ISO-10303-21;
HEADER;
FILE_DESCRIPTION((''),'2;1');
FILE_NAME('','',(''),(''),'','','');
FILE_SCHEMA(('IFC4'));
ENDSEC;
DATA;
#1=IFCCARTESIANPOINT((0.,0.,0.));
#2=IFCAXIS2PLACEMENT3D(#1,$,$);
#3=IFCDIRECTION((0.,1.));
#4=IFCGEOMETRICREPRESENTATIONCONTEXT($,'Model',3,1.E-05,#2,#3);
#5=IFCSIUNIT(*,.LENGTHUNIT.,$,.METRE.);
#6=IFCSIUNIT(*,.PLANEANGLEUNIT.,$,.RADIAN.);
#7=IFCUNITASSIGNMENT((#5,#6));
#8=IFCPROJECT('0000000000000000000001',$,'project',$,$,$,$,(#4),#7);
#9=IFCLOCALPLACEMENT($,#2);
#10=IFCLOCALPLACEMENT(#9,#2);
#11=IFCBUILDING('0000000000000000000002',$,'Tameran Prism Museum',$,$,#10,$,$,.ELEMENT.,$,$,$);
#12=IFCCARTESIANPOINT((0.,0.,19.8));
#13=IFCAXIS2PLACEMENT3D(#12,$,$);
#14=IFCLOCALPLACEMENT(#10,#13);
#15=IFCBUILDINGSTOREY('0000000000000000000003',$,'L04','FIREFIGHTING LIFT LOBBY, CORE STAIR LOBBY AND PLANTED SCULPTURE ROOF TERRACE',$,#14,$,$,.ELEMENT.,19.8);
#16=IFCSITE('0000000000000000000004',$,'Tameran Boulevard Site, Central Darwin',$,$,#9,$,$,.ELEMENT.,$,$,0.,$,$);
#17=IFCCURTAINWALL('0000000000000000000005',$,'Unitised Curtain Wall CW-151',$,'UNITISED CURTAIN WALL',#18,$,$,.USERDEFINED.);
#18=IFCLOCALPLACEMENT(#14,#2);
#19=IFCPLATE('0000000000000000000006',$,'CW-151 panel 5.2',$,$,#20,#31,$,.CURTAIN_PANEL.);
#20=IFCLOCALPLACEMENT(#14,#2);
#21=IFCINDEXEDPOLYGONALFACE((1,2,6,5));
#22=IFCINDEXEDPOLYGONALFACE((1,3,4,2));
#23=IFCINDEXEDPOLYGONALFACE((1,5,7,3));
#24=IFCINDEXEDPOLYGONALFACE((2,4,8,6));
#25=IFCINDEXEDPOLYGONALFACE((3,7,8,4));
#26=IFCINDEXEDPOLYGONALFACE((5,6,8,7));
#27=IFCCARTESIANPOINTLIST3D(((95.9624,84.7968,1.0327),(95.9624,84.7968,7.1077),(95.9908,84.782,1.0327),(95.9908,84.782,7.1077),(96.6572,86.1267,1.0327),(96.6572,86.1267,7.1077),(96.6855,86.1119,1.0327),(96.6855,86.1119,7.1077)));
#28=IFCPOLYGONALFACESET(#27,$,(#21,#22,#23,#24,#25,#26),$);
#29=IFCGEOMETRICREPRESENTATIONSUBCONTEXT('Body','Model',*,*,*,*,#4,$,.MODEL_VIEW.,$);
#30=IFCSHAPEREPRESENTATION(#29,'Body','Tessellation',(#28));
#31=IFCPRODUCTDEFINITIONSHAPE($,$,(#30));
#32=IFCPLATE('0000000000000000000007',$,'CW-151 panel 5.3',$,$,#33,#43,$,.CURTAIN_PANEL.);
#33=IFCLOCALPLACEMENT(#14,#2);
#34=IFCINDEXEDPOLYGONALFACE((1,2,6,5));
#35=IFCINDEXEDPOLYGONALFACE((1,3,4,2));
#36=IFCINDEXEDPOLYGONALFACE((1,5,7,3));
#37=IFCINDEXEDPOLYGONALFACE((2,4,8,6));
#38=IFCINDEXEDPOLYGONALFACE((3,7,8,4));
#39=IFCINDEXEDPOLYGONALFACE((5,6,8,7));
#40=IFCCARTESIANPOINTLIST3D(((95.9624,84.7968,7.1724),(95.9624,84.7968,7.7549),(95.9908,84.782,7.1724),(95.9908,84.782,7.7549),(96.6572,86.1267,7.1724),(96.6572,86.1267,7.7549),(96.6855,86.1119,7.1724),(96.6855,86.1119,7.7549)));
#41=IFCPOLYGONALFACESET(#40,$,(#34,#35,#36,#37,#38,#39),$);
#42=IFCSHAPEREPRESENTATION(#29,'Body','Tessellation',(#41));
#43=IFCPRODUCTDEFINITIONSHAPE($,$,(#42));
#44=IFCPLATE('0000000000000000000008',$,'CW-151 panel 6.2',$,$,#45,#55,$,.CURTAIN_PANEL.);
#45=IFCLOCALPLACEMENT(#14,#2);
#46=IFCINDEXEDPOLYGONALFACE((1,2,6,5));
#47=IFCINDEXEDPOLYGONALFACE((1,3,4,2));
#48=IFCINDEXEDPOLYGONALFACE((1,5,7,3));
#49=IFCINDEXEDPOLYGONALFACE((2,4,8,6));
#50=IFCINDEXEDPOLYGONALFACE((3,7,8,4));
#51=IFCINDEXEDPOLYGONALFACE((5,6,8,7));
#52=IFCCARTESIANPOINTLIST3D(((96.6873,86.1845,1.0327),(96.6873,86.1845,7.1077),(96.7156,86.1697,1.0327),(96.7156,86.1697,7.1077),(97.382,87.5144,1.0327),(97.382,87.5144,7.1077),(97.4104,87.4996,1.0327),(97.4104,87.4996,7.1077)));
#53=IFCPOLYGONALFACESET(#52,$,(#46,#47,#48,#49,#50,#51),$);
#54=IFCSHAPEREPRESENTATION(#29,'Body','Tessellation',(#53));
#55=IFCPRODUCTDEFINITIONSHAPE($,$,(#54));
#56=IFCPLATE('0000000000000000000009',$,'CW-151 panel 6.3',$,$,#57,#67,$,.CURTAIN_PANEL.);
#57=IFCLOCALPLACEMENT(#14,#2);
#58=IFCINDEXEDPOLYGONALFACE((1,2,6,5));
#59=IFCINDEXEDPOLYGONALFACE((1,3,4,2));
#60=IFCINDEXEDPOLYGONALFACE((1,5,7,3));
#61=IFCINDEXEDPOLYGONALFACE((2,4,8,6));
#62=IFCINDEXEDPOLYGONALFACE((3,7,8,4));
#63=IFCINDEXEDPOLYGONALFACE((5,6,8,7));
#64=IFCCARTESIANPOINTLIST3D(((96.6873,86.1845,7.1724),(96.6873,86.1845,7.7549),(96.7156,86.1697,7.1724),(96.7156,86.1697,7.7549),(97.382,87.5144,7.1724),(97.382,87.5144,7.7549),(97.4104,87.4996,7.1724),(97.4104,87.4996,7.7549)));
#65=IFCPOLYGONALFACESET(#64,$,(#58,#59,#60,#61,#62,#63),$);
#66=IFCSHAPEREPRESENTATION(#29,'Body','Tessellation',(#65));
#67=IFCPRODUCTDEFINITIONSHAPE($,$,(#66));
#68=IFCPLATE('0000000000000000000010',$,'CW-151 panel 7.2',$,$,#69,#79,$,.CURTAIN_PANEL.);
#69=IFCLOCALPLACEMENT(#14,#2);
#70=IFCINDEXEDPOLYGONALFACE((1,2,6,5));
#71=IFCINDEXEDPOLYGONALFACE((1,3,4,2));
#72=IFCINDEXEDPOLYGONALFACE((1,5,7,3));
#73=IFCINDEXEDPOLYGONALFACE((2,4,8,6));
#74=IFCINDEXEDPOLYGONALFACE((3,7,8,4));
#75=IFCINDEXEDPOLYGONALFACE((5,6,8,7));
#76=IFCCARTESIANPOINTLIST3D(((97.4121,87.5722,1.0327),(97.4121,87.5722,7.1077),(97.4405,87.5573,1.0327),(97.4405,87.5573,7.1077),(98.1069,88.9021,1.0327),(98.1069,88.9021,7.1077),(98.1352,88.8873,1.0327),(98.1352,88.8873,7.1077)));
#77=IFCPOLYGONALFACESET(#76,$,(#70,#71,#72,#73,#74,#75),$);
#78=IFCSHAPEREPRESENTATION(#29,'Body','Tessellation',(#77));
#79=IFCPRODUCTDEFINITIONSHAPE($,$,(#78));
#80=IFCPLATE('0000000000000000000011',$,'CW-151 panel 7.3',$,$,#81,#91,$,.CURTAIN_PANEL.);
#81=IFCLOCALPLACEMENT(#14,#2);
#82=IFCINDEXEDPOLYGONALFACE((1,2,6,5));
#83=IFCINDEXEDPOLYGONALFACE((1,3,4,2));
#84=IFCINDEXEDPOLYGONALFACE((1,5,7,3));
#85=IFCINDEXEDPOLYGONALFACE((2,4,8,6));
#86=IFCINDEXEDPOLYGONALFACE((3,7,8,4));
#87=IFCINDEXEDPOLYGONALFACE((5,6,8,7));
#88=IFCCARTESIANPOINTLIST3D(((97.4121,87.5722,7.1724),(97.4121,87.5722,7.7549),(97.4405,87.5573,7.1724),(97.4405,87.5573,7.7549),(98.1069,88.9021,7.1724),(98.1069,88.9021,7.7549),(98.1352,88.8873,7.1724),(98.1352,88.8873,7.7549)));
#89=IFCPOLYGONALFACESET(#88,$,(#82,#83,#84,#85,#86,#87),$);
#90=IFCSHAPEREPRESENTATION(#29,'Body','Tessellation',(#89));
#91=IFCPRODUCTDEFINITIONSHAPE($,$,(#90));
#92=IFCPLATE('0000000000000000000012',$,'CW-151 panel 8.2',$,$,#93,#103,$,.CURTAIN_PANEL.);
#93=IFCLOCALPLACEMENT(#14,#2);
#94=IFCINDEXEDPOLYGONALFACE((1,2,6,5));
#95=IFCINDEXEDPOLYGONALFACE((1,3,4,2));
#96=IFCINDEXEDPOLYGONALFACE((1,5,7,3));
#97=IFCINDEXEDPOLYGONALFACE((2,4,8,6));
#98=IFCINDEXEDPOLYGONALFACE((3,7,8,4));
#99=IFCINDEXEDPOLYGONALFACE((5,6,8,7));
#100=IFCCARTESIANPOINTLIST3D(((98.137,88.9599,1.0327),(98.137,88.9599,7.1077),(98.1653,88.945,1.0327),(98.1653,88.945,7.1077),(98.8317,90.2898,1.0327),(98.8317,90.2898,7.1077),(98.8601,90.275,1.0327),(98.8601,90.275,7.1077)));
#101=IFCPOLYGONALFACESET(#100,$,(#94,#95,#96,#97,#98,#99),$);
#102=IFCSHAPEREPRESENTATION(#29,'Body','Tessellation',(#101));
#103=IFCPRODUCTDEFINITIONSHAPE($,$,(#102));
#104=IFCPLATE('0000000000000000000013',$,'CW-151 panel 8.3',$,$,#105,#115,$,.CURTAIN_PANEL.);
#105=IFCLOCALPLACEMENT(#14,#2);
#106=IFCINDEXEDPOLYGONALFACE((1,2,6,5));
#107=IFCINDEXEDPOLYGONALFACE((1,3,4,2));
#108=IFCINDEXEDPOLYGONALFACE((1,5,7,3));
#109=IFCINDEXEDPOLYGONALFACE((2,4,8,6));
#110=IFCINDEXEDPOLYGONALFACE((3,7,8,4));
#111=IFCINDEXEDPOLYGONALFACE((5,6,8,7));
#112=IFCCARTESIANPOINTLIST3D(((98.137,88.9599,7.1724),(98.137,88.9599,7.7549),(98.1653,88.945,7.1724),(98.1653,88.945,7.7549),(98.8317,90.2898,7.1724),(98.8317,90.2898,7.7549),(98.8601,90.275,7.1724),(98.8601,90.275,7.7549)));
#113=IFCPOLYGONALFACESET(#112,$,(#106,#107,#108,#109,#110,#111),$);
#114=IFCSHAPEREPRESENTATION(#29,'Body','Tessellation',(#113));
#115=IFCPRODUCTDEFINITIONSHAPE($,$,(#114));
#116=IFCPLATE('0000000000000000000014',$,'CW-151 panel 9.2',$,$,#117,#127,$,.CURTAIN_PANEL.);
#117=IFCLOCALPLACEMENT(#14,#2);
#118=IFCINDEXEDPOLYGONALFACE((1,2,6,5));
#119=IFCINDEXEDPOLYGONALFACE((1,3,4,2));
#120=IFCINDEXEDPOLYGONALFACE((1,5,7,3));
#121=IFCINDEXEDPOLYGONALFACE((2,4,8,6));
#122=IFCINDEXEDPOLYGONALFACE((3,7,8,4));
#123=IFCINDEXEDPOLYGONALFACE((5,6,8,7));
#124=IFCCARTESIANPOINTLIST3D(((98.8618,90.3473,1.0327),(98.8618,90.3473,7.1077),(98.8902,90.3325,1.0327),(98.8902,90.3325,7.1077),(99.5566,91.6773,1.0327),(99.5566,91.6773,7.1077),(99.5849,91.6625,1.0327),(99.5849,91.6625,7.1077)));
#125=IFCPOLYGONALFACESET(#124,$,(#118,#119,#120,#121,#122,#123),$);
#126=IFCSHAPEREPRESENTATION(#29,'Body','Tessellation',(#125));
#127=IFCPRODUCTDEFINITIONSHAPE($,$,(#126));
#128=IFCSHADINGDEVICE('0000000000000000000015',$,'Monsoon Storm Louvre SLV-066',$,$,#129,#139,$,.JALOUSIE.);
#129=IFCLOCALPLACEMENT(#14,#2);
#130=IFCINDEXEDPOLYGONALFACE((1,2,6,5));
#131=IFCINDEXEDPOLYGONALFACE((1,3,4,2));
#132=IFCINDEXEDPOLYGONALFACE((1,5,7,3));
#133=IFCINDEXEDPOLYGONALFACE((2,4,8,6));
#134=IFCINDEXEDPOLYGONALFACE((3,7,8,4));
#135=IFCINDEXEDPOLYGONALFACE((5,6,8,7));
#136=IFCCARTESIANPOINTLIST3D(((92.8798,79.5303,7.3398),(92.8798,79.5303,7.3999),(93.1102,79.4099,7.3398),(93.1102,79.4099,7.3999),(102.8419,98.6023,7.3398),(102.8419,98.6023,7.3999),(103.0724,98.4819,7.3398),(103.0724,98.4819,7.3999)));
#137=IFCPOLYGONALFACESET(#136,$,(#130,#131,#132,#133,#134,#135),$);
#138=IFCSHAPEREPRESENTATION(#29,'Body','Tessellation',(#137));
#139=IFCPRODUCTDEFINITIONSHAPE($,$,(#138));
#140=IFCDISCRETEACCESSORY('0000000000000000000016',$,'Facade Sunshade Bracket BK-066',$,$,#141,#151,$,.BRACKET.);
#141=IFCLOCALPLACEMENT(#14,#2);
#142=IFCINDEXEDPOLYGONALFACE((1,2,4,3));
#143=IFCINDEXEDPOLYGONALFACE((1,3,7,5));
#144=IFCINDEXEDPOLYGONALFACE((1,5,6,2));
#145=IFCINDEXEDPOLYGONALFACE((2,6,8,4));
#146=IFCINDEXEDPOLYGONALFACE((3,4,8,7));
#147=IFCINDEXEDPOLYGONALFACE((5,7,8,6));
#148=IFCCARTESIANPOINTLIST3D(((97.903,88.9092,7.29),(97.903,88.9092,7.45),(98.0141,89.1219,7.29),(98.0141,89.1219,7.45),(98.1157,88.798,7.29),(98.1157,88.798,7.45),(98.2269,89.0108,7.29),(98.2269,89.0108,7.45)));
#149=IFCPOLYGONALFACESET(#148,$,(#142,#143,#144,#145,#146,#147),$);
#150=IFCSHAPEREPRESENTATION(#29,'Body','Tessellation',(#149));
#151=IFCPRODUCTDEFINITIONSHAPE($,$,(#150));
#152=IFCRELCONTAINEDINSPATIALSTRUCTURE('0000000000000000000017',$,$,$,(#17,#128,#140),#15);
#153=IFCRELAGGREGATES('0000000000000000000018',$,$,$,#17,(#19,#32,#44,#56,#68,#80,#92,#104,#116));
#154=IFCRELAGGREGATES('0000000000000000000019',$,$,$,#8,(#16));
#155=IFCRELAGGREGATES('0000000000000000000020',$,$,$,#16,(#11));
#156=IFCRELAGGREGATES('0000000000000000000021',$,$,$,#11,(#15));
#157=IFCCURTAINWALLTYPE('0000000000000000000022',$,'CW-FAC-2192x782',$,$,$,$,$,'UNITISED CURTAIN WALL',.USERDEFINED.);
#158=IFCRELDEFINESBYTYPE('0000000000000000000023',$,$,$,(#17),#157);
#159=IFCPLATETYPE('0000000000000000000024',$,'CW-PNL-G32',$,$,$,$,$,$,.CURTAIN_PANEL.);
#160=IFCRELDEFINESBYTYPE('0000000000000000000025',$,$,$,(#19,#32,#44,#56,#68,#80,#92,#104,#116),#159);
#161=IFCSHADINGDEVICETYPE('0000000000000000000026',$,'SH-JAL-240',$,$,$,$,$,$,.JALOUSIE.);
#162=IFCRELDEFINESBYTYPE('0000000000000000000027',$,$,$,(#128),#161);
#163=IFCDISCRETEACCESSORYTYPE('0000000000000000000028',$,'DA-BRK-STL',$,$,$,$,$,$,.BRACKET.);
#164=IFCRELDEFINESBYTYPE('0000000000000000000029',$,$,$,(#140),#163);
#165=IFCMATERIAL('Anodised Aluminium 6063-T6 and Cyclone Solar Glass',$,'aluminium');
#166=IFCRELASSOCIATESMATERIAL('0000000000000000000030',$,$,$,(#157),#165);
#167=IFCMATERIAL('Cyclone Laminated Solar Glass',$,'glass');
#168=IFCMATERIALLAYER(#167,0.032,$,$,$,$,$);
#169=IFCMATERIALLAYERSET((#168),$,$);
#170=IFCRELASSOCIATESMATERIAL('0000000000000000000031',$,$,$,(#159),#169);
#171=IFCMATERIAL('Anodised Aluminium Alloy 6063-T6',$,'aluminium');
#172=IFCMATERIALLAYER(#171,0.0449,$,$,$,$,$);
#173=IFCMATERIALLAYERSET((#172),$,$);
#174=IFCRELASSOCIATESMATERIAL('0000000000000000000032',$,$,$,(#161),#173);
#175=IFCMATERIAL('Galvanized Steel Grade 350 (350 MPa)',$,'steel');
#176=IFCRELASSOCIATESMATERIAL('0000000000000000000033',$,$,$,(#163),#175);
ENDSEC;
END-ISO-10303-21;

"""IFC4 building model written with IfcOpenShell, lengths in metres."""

from ifc_helpers import new_model, si_unit, direction, frame, origin, origin_2d, place, context, subcontext, project, spatial, rectangle, extrude, material, layer, layer_set, type_object, element, aggregate, save


model = new_model("IFC4")

# Units and contexts
model_context = context("Model", 3, precision=1e-05, world=origin(), true_north=direction((0.0, 1.0)))
body_context = subcontext(model_context, "Body", "Model", "MODEL_VIEW")
ifc_project = project(units=[si_unit("LENGTHUNIT", "METRE"), si_unit("PLANEANGLEUNIT", "RADIAN")], contexts=[model_context])

# Site, building, storey
site_placement = place(None, origin())
site = spatial("IfcSite", under=ifc_project, at=site_placement, Name="Tameran Boulevard Site, Central Darwin", CompositionType="ELEMENT", RefElevation=0.0)
building_placement = place(site_placement, origin())
building = spatial("IfcBuilding", under=site, at=building_placement, Name="Tameran Prism Museum", CompositionType="ELEMENT")
storey_placement = place(building_placement, frame((0.0, 0.0, 19.8)))
storey = spatial("IfcBuildingStorey", under=building, at=storey_placement, Name="L04", Description="FIREFIGHTING LIFT LOBBY, CORE STAIR LOBBY AND PLANTED SCULPTURE ROOF TERRACE", CompositionType="ELEMENT", Elevation=19.8)

# Curtain wall, plates
ifc_material_1 = material(Name="Anodised Aluminium 6063-T6 and Cyclone Solar Glass", Category="aluminium")
curtain_wall_type = type_object("IfcCurtainWallType", Name="CW-FAC-2192x782", ElementType="UNITISED CURTAIN WALL", PredefinedType="USERDEFINED", material=ifc_material_1)
curtain_wall_placement = place(storey_placement, origin())
curtain_wall = element("IfcCurtainWall", 1, at=curtain_wall_placement, inside=storey, type_object=curtain_wall_type, Name="Unitised Curtain Wall CW-151", ObjectType="UNITISED CURTAIN WALL", PredefinedType="USERDEFINED")
ifc_material_2 = material(Name="Cyclone Laminated Solar Glass", Category="glass")
ifc_layer_1 = layer(ifc_material_2, 0.032)
ifc_layer_set_1 = layer_set([ifc_layer_1])
plate_type = type_object("IfcPlateType", Name="CW-PNL-G32", PredefinedType="CURTAIN_PANEL", material=ifc_layer_set_1)
plate_1_placement = place(storey_placement, frame((96.324, 85.4543, 1.0327), z_axis=(0.0, 0.0, 1.0), x_axis=(0.463003, 0.886357, 0.0)))
plate_1 = element("IfcPlate", 2, at=plate_1_placement, type_object=plate_type, Name="CW-151 panel 5.2", PredefinedType="CURTAIN_PANEL", context=body_context, shape_type="SweptSolid", body=[
    extrude(rectangle(XDim=1.5005, YDim=0.032, at=origin_2d()), origin(), (0.0, 0.0, 1.0), 6.075),
])
plate_2_placement = place(storey_placement, frame((96.324, 85.4543, 7.1724), z_axis=(0.0, 0.0, 1.0), x_axis=(0.463003, 0.886357, 0.0)))
plate_2 = element("IfcPlate", 3, at=plate_2_placement, type_object=plate_type, Name="CW-151 panel 5.3", PredefinedType="CURTAIN_PANEL", context=body_context, shape_type="SweptSolid", body=[
    extrude(rectangle(XDim=1.5005, YDim=0.032, at=origin_2d()), origin(), (0.0, 0.0, 1.0), 0.5825),
])
plate_3_placement = place(storey_placement, frame((97.0488, 86.842, 1.0327), z_axis=(0.0, 0.0, 1.0), x_axis=(0.463003, 0.886357, 0.0)))
plate_3 = element("IfcPlate", 4, at=plate_3_placement, type_object=plate_type, Name="CW-151 panel 6.2", PredefinedType="CURTAIN_PANEL", context=body_context, shape_type="SweptSolid", body=[
    extrude(rectangle(XDim=1.5005, YDim=0.032, at=origin_2d()), origin(), (0.0, 0.0, 1.0), 6.075),
])
plate_4_placement = place(storey_placement, frame((97.0488, 86.842, 7.1724), z_axis=(0.0, 0.0, 1.0), x_axis=(0.463003, 0.886357, 0.0)))
plate_4 = element("IfcPlate", 5, at=plate_4_placement, type_object=plate_type, Name="CW-151 panel 6.3", PredefinedType="CURTAIN_PANEL", context=body_context, shape_type="SweptSolid", body=[
    extrude(rectangle(XDim=1.5005, YDim=0.032, at=origin_2d()), origin(), (0.0, 0.0, 1.0), 0.5825),
])
plate_5_placement = place(storey_placement, frame((97.7737, 88.2297, 1.0327), z_axis=(0.0, 0.0, 1.0), x_axis=(0.463003, 0.886357, 0.0)))
plate_5 = element("IfcPlate", 6, at=plate_5_placement, type_object=plate_type, Name="CW-151 panel 7.2", PredefinedType="CURTAIN_PANEL", context=body_context, shape_type="SweptSolid", body=[
    extrude(rectangle(XDim=1.5005, YDim=0.032, at=origin_2d()), origin(), (0.0, 0.0, 1.0), 6.075),
])
plate_6_placement = place(storey_placement, frame((97.7737, 88.2297, 7.1724), z_axis=(0.0, 0.0, 1.0), x_axis=(0.463003, 0.886357, 0.0)))
plate_6 = element("IfcPlate", 7, at=plate_6_placement, type_object=plate_type, Name="CW-151 panel 7.3", PredefinedType="CURTAIN_PANEL", context=body_context, shape_type="SweptSolid", body=[
    extrude(rectangle(XDim=1.5005, YDim=0.032, at=origin_2d()), origin(), (0.0, 0.0, 1.0), 0.5825),
])
plate_7_placement = place(storey_placement, frame((98.4985, 89.6174, 1.0327), z_axis=(0.0, 0.0, 1.0), x_axis=(0.463003, 0.886357, 0.0)))
plate_7 = element("IfcPlate", 8, at=plate_7_placement, type_object=plate_type, Name="CW-151 panel 8.2", PredefinedType="CURTAIN_PANEL", context=body_context, shape_type="SweptSolid", body=[
    extrude(rectangle(XDim=1.5005, YDim=0.032, at=origin_2d()), origin(), (0.0, 0.0, 1.0), 6.075),
])
plate_8_placement = place(storey_placement, frame((98.4985, 89.6174, 7.1724), z_axis=(0.0, 0.0, 1.0), x_axis=(0.463003, 0.886357, 0.0)))
plate_8 = element("IfcPlate", 9, at=plate_8_placement, type_object=plate_type, Name="CW-151 panel 8.3", PredefinedType="CURTAIN_PANEL", context=body_context, shape_type="SweptSolid", body=[
    extrude(rectangle(XDim=1.5005, YDim=0.032, at=origin_2d()), origin(), (0.0, 0.0, 1.0), 0.5825),
])
plate_9_placement = place(storey_placement, frame((99.2234, 91.0049, 1.0327), z_axis=(0.0, 0.0, 1.0), x_axis=(0.463003, 0.886357, 0.0)))
plate_9 = element("IfcPlate", 10, at=plate_9_placement, type_object=plate_type, Name="CW-151 panel 9.2", PredefinedType="CURTAIN_PANEL", context=body_context, shape_type="SweptSolid", body=[
    extrude(rectangle(XDim=1.5005, YDim=0.032, at=origin_2d()), origin(), (0.0, 0.0, 1.0), 6.075),
])
aggregate(curtain_wall, [plate_1, plate_2, plate_3, plate_4, plate_5, plate_6, plate_7, plate_8, plate_9])

# Shading device
ifc_material_3 = material(Name="Anodised Aluminium Alloy 6063-T6", Category="aluminium")
ifc_layer_2 = layer(ifc_material_3, 0.0449)
ifc_layer_set_2 = layer_set([ifc_layer_2])
shading_device_type = type_object("IfcShadingDeviceType", Name="SH-JAL-240", PredefinedType="JALOUSIE", material=ifc_layer_set_2)
shading_device_placement = place(storey_placement, frame((97.9761, 89.0061, 7.3398), z_axis=(0.0, 0.0, 1.0), x_axis=(0.462987, 0.886365, 0.0)))
element("IfcShadingDevice", 11, at=shading_device_placement, inside=storey, type_object=shading_device_type, Name="Monsoon Storm Louvre SLV-066", PredefinedType="JALOUSIE", context=body_context, shape_type="SweptSolid", body=[
    extrude(rectangle(XDim=21.5171, YDim=0.26, at=origin_2d()), origin(), (0.0, 0.0, 1.0), 0.0601),
])

# Discrete accessory
ifc_material_4 = material(Name="Galvanized Steel Grade 350 (350 MPa)", Category="steel")
discrete_accessory_type = type_object("IfcDiscreteAccessoryType", Name="DA-BRK-STL", PredefinedType="BRACKET", material=ifc_material_4)
discrete_accessory_placement = place(storey_placement, frame((98.0649, 88.96, 7.29), z_axis=(0.0, 0.0, 1.0), x_axis=(0.462987, 0.886365, 0.0)))
element("IfcDiscreteAccessory", 12, at=discrete_accessory_placement, inside=storey, type_object=discrete_accessory_type, Name="Facade Sunshade Bracket BK-066", PredefinedType="BRACKET", context=body_context, shape_type="SweptSolid", body=[
    extrude(rectangle(XDim=0.24, YDim=0.24, at=origin_2d()), origin(), (0.0, 0.0, 1.0), 0.1599),
])

save(model, "model.ifc")
